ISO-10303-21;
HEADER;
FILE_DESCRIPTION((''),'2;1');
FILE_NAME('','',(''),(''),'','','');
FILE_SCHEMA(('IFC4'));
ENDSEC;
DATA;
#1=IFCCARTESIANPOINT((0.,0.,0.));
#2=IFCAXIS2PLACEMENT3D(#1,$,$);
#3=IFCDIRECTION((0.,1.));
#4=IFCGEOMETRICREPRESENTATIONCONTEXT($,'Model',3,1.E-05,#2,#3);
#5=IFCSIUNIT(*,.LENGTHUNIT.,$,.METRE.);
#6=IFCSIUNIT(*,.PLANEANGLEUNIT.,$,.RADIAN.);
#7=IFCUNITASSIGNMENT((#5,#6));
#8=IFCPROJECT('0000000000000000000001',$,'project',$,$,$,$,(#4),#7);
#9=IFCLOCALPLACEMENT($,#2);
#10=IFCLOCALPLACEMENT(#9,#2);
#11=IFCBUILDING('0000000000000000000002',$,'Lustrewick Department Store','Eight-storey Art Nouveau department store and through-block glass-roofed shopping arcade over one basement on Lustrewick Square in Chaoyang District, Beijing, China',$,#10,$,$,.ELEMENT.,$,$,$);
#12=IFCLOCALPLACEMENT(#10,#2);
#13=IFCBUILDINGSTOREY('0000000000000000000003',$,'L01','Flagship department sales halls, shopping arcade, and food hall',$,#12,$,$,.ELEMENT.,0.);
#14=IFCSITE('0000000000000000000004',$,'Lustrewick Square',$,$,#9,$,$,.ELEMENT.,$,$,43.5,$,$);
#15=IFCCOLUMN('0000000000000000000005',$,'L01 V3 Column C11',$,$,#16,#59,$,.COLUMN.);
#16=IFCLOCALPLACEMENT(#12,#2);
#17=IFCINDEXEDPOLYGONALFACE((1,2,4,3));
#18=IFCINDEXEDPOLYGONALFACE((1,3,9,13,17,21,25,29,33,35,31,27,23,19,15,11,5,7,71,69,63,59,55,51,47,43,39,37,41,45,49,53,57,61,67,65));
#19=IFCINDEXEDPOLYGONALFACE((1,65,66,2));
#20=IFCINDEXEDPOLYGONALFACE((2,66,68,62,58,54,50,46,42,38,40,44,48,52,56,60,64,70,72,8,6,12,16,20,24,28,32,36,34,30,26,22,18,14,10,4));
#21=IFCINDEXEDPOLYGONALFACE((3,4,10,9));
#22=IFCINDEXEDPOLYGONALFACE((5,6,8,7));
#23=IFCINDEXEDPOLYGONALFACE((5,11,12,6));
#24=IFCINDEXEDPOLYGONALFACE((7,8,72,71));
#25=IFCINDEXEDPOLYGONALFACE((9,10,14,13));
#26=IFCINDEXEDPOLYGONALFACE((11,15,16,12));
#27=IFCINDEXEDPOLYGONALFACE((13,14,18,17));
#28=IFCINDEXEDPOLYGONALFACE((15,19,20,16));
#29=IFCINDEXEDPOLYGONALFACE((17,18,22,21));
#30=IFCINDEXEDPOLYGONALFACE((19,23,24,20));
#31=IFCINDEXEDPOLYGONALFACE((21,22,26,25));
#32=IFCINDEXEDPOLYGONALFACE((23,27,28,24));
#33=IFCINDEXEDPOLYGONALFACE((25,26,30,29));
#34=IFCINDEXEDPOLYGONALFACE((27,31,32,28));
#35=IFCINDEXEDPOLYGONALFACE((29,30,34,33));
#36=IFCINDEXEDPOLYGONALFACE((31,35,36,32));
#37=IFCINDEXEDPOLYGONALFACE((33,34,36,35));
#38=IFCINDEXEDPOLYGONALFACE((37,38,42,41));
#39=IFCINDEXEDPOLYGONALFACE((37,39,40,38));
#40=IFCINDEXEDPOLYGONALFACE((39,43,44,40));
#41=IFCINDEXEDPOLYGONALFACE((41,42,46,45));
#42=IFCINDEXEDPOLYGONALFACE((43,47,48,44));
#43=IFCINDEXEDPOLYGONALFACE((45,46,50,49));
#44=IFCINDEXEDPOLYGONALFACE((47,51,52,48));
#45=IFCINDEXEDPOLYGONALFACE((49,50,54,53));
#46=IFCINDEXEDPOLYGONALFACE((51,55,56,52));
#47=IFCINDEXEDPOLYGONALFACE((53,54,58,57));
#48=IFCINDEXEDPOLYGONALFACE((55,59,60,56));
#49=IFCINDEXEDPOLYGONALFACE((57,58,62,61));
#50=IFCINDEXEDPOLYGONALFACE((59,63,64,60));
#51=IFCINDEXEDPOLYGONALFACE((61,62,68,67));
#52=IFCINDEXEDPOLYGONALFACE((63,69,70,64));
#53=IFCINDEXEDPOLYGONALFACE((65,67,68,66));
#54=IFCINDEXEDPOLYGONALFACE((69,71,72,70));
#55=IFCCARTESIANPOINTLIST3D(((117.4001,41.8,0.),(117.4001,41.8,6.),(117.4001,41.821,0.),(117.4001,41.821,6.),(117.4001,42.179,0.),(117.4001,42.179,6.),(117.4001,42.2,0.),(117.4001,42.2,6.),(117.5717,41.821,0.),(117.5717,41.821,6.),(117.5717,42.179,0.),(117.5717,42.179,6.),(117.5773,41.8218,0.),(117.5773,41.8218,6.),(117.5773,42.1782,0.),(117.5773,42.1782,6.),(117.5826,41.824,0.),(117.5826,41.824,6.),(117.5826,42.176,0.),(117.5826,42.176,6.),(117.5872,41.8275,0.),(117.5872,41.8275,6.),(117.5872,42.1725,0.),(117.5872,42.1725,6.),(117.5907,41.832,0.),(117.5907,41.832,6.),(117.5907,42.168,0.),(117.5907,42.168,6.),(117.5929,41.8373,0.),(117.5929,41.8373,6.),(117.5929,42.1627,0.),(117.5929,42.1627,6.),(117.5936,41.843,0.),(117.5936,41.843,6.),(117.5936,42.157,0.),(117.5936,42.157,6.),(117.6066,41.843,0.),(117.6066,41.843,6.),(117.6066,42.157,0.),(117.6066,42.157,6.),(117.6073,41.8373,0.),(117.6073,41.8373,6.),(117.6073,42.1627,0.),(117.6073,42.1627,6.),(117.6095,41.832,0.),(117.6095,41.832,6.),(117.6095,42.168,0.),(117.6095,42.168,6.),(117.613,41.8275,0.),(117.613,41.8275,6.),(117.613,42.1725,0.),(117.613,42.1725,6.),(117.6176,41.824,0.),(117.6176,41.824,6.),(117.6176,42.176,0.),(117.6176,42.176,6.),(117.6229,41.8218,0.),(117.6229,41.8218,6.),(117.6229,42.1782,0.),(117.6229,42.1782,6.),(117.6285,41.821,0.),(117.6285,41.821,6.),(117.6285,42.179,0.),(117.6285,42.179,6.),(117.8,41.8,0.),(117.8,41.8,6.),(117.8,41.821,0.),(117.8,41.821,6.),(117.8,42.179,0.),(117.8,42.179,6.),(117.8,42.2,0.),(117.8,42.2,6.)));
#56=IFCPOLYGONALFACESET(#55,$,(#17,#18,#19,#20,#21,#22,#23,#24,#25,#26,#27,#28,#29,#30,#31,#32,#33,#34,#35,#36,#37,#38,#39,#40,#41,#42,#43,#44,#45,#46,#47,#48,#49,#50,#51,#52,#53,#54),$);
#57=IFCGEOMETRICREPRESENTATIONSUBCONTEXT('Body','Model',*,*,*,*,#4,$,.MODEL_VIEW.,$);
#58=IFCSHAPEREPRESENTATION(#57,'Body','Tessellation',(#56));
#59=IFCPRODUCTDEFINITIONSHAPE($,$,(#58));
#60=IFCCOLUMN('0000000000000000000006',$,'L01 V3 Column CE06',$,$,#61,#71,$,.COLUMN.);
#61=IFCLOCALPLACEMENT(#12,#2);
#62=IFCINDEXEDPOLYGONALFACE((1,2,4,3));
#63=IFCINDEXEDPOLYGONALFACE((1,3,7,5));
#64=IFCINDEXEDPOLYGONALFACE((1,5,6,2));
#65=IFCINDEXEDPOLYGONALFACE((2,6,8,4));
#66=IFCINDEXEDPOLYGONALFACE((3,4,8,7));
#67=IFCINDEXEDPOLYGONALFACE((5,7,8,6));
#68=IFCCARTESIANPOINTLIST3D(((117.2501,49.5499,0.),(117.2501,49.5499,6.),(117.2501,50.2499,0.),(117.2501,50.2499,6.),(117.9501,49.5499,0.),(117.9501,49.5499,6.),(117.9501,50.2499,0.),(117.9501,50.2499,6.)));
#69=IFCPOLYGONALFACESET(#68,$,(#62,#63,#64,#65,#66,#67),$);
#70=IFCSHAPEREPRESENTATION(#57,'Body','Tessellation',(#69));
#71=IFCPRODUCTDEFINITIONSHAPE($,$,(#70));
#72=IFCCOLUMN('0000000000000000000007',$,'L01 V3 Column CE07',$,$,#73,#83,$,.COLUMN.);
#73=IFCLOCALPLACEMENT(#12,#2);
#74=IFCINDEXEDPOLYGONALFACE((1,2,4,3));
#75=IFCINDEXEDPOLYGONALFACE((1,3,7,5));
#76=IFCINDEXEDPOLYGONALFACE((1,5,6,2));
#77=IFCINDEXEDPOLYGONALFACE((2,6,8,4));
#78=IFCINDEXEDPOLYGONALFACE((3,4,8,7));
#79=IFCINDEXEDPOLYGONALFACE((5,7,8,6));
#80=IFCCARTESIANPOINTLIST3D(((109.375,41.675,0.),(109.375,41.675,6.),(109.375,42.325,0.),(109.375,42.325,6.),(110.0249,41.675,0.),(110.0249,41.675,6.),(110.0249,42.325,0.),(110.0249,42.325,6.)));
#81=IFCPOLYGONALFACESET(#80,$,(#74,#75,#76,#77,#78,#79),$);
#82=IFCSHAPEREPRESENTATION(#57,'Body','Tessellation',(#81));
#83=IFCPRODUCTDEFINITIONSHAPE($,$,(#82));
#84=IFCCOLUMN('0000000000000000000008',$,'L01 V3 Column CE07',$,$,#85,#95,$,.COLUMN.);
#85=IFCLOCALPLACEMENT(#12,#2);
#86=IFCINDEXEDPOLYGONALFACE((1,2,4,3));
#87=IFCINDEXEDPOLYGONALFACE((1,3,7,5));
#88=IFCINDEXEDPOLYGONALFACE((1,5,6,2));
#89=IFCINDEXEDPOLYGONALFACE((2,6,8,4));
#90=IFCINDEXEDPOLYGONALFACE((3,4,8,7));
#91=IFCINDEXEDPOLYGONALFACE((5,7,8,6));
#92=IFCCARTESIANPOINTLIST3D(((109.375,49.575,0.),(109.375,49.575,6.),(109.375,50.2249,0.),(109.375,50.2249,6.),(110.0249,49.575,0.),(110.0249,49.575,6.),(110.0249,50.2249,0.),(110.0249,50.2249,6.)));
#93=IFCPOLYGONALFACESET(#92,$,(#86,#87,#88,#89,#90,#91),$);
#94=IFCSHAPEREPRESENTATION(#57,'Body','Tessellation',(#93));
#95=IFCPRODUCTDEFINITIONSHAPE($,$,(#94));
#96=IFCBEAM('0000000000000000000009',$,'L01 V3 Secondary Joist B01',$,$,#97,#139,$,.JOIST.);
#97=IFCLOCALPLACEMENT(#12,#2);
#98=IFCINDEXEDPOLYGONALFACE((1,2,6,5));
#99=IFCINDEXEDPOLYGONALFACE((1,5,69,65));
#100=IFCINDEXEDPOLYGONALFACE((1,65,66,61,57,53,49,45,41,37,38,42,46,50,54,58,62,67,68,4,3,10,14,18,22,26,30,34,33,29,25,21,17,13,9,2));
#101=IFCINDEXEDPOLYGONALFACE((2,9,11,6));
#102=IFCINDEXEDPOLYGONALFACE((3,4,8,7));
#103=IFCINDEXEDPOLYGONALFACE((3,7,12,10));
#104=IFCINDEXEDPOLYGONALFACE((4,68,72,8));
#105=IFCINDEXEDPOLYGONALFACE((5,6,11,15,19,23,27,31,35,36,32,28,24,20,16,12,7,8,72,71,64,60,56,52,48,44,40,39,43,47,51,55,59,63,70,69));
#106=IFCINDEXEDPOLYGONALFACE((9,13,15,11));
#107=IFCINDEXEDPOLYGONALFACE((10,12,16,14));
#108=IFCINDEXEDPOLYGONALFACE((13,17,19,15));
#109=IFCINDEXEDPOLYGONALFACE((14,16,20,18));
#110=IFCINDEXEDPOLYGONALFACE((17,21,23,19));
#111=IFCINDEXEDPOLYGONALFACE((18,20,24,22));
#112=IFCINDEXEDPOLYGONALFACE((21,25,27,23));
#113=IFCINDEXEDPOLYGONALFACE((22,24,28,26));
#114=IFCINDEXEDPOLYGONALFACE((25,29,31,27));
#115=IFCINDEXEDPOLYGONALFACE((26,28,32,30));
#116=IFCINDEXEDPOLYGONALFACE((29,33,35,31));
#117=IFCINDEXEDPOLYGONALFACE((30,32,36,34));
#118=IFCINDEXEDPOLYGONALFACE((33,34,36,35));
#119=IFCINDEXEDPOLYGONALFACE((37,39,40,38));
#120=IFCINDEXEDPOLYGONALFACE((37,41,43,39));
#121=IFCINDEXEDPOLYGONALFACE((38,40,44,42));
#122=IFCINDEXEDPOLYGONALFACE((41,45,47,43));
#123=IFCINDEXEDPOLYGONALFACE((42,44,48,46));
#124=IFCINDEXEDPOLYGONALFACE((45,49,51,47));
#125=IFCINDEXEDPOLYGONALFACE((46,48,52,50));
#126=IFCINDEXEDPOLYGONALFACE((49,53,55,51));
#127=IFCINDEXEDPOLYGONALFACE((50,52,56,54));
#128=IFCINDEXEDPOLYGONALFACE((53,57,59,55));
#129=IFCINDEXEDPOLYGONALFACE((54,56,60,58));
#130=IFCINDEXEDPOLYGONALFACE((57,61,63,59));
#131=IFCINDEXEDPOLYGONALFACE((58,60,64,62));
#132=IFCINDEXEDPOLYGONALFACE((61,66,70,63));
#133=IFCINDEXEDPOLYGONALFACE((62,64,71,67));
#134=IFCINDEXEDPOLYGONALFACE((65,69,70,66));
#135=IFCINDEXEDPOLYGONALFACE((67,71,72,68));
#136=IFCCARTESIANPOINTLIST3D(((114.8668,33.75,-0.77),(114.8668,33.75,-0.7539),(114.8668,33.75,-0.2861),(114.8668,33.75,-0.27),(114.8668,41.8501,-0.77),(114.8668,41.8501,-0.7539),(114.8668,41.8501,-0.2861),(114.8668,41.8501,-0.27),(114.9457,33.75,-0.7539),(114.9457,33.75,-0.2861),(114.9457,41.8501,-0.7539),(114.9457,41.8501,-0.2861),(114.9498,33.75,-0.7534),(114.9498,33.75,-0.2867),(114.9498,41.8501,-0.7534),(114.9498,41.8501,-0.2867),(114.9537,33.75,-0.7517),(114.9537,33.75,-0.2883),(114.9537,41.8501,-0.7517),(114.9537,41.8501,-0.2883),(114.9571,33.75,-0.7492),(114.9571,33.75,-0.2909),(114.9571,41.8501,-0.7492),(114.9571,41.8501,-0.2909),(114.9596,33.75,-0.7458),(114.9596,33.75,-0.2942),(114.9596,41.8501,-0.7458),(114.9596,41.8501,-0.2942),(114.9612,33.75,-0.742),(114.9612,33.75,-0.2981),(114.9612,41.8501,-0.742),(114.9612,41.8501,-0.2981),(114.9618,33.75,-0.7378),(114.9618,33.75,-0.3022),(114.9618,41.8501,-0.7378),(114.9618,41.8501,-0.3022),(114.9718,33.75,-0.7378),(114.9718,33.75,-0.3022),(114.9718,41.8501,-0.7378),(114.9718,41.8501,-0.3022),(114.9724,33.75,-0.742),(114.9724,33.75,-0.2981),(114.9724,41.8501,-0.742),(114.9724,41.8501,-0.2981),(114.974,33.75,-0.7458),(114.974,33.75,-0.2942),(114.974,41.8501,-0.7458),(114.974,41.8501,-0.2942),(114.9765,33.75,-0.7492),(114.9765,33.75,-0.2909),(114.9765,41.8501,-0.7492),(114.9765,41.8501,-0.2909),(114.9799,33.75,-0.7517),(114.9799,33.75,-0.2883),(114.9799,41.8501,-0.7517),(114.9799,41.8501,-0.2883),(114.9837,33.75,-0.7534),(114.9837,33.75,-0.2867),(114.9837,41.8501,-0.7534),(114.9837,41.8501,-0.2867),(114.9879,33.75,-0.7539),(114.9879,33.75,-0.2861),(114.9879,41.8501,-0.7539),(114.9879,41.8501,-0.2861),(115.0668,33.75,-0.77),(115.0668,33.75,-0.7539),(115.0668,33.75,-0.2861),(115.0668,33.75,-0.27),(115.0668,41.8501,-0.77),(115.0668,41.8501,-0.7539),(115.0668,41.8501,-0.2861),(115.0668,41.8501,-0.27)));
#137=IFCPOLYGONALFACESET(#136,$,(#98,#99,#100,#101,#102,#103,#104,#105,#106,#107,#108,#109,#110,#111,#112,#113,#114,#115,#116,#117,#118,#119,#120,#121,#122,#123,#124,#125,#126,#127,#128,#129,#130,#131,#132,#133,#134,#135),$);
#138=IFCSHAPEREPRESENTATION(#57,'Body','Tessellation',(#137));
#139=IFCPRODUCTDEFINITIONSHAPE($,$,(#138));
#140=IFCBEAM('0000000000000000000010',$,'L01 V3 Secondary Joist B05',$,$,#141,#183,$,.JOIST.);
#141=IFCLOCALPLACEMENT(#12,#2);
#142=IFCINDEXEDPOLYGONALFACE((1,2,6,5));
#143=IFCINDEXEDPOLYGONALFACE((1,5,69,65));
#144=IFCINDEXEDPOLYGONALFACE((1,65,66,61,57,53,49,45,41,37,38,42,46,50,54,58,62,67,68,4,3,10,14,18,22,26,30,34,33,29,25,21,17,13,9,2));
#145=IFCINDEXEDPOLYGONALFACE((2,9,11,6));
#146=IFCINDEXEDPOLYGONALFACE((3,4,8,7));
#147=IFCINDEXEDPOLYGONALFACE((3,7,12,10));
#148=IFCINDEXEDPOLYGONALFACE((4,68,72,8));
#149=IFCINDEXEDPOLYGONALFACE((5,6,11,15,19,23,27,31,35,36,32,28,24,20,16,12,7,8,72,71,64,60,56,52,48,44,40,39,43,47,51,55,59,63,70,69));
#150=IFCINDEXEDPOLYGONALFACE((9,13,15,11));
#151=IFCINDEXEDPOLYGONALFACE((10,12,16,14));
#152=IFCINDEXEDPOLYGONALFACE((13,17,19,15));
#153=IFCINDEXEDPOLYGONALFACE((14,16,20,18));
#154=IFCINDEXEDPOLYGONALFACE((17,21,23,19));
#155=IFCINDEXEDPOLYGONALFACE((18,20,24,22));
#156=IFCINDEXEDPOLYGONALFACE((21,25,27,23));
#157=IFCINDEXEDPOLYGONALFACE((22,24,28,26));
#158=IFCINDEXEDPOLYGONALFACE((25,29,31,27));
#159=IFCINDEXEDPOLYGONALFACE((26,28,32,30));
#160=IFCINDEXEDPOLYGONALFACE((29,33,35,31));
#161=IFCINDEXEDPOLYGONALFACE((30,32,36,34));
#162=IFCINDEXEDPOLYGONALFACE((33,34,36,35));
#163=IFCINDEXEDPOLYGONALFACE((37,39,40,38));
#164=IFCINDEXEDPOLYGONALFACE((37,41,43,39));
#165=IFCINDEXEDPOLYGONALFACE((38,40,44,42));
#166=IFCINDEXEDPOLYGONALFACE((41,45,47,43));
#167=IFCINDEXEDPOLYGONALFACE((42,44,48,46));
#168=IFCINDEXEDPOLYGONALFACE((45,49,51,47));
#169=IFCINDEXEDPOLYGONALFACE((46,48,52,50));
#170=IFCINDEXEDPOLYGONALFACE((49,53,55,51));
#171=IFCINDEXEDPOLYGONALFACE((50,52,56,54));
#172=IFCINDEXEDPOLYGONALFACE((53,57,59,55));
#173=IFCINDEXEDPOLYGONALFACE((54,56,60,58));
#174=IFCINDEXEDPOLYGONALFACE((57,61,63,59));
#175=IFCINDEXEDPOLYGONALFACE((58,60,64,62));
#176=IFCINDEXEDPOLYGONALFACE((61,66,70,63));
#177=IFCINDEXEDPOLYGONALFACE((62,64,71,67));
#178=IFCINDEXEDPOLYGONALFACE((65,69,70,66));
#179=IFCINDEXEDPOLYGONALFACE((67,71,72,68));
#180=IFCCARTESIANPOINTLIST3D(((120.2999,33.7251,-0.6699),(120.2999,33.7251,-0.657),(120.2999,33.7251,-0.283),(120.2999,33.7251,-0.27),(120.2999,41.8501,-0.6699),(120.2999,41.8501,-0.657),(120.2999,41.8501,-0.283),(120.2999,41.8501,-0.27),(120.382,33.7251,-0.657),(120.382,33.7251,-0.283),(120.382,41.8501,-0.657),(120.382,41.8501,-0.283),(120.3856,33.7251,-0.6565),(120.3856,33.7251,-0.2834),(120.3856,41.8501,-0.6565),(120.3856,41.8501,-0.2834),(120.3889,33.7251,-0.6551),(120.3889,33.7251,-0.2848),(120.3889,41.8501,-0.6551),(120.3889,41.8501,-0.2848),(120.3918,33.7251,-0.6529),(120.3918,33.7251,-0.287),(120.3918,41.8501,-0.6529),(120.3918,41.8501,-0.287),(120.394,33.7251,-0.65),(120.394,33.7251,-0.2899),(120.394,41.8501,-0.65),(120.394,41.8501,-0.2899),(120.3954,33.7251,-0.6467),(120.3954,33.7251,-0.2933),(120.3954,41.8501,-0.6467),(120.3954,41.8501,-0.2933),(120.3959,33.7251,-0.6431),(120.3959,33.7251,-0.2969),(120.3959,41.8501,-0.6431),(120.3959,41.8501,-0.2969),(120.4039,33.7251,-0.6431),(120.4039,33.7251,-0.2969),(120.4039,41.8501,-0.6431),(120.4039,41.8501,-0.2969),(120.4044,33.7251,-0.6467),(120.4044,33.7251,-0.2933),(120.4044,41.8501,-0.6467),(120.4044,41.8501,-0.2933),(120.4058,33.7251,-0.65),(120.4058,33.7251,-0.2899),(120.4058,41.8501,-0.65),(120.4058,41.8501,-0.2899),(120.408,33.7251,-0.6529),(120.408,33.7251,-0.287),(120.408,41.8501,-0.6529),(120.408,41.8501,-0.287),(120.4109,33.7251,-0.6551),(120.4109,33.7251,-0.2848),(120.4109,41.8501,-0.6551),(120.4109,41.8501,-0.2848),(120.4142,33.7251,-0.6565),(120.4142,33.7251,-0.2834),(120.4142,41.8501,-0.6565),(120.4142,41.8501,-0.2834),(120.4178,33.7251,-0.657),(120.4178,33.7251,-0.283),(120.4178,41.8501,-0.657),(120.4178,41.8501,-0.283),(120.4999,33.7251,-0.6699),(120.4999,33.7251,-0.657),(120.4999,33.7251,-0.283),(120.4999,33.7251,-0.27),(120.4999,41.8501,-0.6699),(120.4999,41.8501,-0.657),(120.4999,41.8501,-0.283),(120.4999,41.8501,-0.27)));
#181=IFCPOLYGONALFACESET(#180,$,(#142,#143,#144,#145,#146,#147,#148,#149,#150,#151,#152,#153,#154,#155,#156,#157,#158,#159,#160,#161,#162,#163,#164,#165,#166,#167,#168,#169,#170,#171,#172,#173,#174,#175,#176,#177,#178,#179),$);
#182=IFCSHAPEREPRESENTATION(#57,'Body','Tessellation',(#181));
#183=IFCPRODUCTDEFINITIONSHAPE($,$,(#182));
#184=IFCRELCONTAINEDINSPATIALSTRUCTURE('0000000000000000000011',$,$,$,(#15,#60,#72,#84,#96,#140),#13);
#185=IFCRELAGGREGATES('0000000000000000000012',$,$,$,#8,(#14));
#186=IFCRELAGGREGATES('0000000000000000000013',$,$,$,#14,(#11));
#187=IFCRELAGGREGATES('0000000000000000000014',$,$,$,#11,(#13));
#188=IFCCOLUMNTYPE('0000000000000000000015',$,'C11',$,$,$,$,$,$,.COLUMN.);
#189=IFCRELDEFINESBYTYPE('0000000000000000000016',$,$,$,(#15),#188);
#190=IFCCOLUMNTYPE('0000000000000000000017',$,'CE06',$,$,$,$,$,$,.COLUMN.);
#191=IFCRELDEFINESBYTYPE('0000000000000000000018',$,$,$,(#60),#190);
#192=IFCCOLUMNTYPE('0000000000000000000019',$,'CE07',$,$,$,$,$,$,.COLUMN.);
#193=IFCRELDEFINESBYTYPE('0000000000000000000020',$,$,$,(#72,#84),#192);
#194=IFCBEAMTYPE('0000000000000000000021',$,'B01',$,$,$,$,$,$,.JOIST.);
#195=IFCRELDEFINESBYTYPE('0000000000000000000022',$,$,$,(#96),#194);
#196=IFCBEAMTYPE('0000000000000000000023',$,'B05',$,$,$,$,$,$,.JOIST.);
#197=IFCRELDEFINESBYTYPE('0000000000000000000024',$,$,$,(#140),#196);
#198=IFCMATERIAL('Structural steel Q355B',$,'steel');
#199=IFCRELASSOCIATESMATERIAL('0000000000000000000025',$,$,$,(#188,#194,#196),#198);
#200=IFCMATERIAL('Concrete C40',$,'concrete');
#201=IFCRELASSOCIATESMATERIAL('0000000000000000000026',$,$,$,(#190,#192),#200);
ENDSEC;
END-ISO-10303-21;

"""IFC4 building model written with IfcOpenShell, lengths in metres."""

from ifc_helpers import new_model, si_unit, direction, frame, origin, origin_2d, place, context, subcontext, project, spatial, rectangle, i_section, extrude, material, material_profile, profile_set, type_object, element, save


model = new_model("IFC4")

# Units and contexts
model_context = context("Model", 3, precision=1e-05, world=origin(), true_north=direction((0.0, 1.0)))
body_context = subcontext(model_context, "Body", "Model", "MODEL_VIEW")
ifc_project = project(units=[si_unit("LENGTHUNIT", "METRE"), si_unit("PLANEANGLEUNIT", "RADIAN")], contexts=[model_context])

# Site, building, storey
site_placement = place(None, origin())
site = spatial("IfcSite", under=ifc_project, at=site_placement, Name="Lustrewick Square", CompositionType="ELEMENT", RefElevation=43.5)
building_placement = place(site_placement, origin())
building = spatial("IfcBuilding", under=site, at=building_placement, Name="Lustrewick Department Store", Description="Eight-storey Art Nouveau department store and through-block glass-roofed shopping arcade over one basement on Lustrewick Square in Chaoyang District, Beijing, China", CompositionType="ELEMENT")
storey_placement = place(building_placement, origin())
storey = spatial("IfcBuildingStorey", under=building, at=storey_placement, Name="L01", Description="Flagship department sales halls, shopping arcade, and food hall", CompositionType="ELEMENT", Elevation=0.0)

# Columns
ifc_material_1 = material(Name="Structural steel Q355B", Category="steel")
ifc_material_profile_1 = material_profile(ifc_material_1, i_section(OverallWidth=0.3999, OverallDepth=0.3999, WebThickness=0.0129, FlangeThickness=0.021, FilletRadius=0.022, at=origin_2d()), Name="HW 400x400x13x21")
ifc_profile_set_1 = profile_set([ifc_material_profile_1], Name="Structural steel Q355B")
column_type_1 = type_object("IfcColumnType", Name="C11", PredefinedType="COLUMN", material=ifc_profile_set_1)
column_1_placement = place(storey_placement, frame((117.6001, 42.0, 0.0), z_axis=(0.0, 0.0, 1.0), x_axis=(1.0, 0.0, 0.0)))
element("IfcColumn", 1, at=column_1_placement, inside=storey, type_object=column_type_1, Name="L01 V3 Column C11", PredefinedType="COLUMN", context=body_context, shape_type="SweptSolid", body=[
    extrude(i_section(OverallWidth=0.3999, OverallDepth=0.3999, WebThickness=0.0129, FlangeThickness=0.021, FilletRadius=0.022, at=origin_2d()), origin(), (0.0, 0.0, 1.0), 6.0),
])
ifc_material_2 = material(Name="Concrete C40", Category="concrete")
ifc_material_profile_2 = material_profile(ifc_material_2, rectangle(XDim=0.7, YDim=0.7, at=origin_2d()), Name="RC 700x700")
ifc_profile_set_2 = profile_set([ifc_material_profile_2], Name="Concrete C40")
column_type_2 = type_object("IfcColumnType", Name="CE06", PredefinedType="COLUMN", material=ifc_profile_set_2)
column_2_placement = place(storey_placement, frame((117.6001, 49.8999, 0.0), z_axis=(0.0, 0.0, 1.0), x_axis=(1.0, 0.0, 0.0)))
element("IfcColumn", 2, at=column_2_placement, inside=storey, type_object=column_type_2, Name="L01 V3 Column CE06", PredefinedType="COLUMN", context=body_context, shape_type="SweptSolid", body=[
    extrude(rectangle(XDim=0.7, YDim=0.7, at=origin_2d()), origin(), (0.0, 0.0, 1.0), 6.0),
])
ifc_material_profile_3 = material_profile(ifc_material_2, rectangle(XDim=0.6499, YDim=0.6499, at=origin_2d()), Name="RC 650x650")
ifc_profile_set_3 = profile_set([ifc_material_profile_3], Name="Concrete C40")
column_type_3 = type_object("IfcColumnType", Name="CE07", PredefinedType="COLUMN", material=ifc_profile_set_3)
for number, where, z_axis, x_axis, name in (
    (3, (109.7, 42.0, 0.0), (0.0, 0.0, 1.0), (1.0, 0.0, 0.0), "L01 V3 Column CE07"),
    (4, (109.7, 49.8999, 0.0), (0.0, 0.0, 1.0), (1.0, 0.0, 0.0), "L01 V3 Column CE07"),
):
    element("IfcColumn", number, at=place(storey_placement, frame(where, z_axis=z_axis, x_axis=x_axis)), inside=storey, type_object=column_type_3, Name=name, PredefinedType="COLUMN", context=body_context, shape_type="SweptSolid", body=[
        extrude(rectangle(XDim=0.6499, YDim=0.6499, at=origin_2d()), origin(), (0.0, 0.0, 1.0), 6.0),
    ])

# Beams
ifc_material_profile_4 = material_profile(ifc_material_1, i_section(OverallWidth=0.2, OverallDepth=0.5, WebThickness=0.01, FlangeThickness=0.0161, FilletRadius=0.0161, at=origin_2d()), Name="HN 500x200x10x16")
ifc_profile_set_4 = profile_set([ifc_material_profile_4], Name="Structural steel Q355B")
beam_type_1 = type_object("IfcBeamType", Name="B01", PredefinedType="JOIST", material=ifc_profile_set_4)
beam_1_placement = place(storey_placement, frame((114.9668, 33.75, -0.52), z_axis=(0.0, 1.0, 0.0), x_axis=(-1.0, 0.0, 0.0)))
element("IfcBeam", 5, at=beam_1_placement, inside=storey, type_object=beam_type_1, Name="L01 V3 Secondary Joist B01", PredefinedType="JOIST", context=body_context, shape_type="SweptSolid", body=[
    extrude(i_section(OverallWidth=0.2, OverallDepth=0.5, WebThickness=0.01, FlangeThickness=0.0161, FilletRadius=0.0161, at=origin_2d()), origin(), (0.0, 0.0, 1.0), 8.1001),
])
ifc_material_profile_5 = material_profile(ifc_material_1, i_section(OverallWidth=0.2, OverallDepth=0.3999, WebThickness=0.0081, FlangeThickness=0.0129, FilletRadius=0.0139, at=origin_2d()), Name="HN 400x200x8x13")
ifc_profile_set_5 = profile_set([ifc_material_profile_5], Name="Structural steel Q355B")
beam_type_2 = type_object("IfcBeamType", Name="B05", PredefinedType="JOIST", material=ifc_profile_set_5)
beam_2_placement = place(storey_placement, frame((120.3999, 33.7251, -0.47), z_axis=(0.0, 1.0, 0.0), x_axis=(-1.0, 0.0, 0.0)))
element("IfcBeam", 6, at=beam_2_placement, inside=storey, type_object=beam_type_2, Name="L01 V3 Secondary Joist B05", PredefinedType="JOIST", context=body_context, shape_type="SweptSolid", body=[
    extrude(i_section(OverallWidth=0.2, OverallDepth=0.3999, WebThickness=0.0081, FlangeThickness=0.0129, FilletRadius=0.0139, at=origin_2d()), origin(), (0.0, 0.0, 1.0), 8.125),
])

save(model, "model.ifc")
